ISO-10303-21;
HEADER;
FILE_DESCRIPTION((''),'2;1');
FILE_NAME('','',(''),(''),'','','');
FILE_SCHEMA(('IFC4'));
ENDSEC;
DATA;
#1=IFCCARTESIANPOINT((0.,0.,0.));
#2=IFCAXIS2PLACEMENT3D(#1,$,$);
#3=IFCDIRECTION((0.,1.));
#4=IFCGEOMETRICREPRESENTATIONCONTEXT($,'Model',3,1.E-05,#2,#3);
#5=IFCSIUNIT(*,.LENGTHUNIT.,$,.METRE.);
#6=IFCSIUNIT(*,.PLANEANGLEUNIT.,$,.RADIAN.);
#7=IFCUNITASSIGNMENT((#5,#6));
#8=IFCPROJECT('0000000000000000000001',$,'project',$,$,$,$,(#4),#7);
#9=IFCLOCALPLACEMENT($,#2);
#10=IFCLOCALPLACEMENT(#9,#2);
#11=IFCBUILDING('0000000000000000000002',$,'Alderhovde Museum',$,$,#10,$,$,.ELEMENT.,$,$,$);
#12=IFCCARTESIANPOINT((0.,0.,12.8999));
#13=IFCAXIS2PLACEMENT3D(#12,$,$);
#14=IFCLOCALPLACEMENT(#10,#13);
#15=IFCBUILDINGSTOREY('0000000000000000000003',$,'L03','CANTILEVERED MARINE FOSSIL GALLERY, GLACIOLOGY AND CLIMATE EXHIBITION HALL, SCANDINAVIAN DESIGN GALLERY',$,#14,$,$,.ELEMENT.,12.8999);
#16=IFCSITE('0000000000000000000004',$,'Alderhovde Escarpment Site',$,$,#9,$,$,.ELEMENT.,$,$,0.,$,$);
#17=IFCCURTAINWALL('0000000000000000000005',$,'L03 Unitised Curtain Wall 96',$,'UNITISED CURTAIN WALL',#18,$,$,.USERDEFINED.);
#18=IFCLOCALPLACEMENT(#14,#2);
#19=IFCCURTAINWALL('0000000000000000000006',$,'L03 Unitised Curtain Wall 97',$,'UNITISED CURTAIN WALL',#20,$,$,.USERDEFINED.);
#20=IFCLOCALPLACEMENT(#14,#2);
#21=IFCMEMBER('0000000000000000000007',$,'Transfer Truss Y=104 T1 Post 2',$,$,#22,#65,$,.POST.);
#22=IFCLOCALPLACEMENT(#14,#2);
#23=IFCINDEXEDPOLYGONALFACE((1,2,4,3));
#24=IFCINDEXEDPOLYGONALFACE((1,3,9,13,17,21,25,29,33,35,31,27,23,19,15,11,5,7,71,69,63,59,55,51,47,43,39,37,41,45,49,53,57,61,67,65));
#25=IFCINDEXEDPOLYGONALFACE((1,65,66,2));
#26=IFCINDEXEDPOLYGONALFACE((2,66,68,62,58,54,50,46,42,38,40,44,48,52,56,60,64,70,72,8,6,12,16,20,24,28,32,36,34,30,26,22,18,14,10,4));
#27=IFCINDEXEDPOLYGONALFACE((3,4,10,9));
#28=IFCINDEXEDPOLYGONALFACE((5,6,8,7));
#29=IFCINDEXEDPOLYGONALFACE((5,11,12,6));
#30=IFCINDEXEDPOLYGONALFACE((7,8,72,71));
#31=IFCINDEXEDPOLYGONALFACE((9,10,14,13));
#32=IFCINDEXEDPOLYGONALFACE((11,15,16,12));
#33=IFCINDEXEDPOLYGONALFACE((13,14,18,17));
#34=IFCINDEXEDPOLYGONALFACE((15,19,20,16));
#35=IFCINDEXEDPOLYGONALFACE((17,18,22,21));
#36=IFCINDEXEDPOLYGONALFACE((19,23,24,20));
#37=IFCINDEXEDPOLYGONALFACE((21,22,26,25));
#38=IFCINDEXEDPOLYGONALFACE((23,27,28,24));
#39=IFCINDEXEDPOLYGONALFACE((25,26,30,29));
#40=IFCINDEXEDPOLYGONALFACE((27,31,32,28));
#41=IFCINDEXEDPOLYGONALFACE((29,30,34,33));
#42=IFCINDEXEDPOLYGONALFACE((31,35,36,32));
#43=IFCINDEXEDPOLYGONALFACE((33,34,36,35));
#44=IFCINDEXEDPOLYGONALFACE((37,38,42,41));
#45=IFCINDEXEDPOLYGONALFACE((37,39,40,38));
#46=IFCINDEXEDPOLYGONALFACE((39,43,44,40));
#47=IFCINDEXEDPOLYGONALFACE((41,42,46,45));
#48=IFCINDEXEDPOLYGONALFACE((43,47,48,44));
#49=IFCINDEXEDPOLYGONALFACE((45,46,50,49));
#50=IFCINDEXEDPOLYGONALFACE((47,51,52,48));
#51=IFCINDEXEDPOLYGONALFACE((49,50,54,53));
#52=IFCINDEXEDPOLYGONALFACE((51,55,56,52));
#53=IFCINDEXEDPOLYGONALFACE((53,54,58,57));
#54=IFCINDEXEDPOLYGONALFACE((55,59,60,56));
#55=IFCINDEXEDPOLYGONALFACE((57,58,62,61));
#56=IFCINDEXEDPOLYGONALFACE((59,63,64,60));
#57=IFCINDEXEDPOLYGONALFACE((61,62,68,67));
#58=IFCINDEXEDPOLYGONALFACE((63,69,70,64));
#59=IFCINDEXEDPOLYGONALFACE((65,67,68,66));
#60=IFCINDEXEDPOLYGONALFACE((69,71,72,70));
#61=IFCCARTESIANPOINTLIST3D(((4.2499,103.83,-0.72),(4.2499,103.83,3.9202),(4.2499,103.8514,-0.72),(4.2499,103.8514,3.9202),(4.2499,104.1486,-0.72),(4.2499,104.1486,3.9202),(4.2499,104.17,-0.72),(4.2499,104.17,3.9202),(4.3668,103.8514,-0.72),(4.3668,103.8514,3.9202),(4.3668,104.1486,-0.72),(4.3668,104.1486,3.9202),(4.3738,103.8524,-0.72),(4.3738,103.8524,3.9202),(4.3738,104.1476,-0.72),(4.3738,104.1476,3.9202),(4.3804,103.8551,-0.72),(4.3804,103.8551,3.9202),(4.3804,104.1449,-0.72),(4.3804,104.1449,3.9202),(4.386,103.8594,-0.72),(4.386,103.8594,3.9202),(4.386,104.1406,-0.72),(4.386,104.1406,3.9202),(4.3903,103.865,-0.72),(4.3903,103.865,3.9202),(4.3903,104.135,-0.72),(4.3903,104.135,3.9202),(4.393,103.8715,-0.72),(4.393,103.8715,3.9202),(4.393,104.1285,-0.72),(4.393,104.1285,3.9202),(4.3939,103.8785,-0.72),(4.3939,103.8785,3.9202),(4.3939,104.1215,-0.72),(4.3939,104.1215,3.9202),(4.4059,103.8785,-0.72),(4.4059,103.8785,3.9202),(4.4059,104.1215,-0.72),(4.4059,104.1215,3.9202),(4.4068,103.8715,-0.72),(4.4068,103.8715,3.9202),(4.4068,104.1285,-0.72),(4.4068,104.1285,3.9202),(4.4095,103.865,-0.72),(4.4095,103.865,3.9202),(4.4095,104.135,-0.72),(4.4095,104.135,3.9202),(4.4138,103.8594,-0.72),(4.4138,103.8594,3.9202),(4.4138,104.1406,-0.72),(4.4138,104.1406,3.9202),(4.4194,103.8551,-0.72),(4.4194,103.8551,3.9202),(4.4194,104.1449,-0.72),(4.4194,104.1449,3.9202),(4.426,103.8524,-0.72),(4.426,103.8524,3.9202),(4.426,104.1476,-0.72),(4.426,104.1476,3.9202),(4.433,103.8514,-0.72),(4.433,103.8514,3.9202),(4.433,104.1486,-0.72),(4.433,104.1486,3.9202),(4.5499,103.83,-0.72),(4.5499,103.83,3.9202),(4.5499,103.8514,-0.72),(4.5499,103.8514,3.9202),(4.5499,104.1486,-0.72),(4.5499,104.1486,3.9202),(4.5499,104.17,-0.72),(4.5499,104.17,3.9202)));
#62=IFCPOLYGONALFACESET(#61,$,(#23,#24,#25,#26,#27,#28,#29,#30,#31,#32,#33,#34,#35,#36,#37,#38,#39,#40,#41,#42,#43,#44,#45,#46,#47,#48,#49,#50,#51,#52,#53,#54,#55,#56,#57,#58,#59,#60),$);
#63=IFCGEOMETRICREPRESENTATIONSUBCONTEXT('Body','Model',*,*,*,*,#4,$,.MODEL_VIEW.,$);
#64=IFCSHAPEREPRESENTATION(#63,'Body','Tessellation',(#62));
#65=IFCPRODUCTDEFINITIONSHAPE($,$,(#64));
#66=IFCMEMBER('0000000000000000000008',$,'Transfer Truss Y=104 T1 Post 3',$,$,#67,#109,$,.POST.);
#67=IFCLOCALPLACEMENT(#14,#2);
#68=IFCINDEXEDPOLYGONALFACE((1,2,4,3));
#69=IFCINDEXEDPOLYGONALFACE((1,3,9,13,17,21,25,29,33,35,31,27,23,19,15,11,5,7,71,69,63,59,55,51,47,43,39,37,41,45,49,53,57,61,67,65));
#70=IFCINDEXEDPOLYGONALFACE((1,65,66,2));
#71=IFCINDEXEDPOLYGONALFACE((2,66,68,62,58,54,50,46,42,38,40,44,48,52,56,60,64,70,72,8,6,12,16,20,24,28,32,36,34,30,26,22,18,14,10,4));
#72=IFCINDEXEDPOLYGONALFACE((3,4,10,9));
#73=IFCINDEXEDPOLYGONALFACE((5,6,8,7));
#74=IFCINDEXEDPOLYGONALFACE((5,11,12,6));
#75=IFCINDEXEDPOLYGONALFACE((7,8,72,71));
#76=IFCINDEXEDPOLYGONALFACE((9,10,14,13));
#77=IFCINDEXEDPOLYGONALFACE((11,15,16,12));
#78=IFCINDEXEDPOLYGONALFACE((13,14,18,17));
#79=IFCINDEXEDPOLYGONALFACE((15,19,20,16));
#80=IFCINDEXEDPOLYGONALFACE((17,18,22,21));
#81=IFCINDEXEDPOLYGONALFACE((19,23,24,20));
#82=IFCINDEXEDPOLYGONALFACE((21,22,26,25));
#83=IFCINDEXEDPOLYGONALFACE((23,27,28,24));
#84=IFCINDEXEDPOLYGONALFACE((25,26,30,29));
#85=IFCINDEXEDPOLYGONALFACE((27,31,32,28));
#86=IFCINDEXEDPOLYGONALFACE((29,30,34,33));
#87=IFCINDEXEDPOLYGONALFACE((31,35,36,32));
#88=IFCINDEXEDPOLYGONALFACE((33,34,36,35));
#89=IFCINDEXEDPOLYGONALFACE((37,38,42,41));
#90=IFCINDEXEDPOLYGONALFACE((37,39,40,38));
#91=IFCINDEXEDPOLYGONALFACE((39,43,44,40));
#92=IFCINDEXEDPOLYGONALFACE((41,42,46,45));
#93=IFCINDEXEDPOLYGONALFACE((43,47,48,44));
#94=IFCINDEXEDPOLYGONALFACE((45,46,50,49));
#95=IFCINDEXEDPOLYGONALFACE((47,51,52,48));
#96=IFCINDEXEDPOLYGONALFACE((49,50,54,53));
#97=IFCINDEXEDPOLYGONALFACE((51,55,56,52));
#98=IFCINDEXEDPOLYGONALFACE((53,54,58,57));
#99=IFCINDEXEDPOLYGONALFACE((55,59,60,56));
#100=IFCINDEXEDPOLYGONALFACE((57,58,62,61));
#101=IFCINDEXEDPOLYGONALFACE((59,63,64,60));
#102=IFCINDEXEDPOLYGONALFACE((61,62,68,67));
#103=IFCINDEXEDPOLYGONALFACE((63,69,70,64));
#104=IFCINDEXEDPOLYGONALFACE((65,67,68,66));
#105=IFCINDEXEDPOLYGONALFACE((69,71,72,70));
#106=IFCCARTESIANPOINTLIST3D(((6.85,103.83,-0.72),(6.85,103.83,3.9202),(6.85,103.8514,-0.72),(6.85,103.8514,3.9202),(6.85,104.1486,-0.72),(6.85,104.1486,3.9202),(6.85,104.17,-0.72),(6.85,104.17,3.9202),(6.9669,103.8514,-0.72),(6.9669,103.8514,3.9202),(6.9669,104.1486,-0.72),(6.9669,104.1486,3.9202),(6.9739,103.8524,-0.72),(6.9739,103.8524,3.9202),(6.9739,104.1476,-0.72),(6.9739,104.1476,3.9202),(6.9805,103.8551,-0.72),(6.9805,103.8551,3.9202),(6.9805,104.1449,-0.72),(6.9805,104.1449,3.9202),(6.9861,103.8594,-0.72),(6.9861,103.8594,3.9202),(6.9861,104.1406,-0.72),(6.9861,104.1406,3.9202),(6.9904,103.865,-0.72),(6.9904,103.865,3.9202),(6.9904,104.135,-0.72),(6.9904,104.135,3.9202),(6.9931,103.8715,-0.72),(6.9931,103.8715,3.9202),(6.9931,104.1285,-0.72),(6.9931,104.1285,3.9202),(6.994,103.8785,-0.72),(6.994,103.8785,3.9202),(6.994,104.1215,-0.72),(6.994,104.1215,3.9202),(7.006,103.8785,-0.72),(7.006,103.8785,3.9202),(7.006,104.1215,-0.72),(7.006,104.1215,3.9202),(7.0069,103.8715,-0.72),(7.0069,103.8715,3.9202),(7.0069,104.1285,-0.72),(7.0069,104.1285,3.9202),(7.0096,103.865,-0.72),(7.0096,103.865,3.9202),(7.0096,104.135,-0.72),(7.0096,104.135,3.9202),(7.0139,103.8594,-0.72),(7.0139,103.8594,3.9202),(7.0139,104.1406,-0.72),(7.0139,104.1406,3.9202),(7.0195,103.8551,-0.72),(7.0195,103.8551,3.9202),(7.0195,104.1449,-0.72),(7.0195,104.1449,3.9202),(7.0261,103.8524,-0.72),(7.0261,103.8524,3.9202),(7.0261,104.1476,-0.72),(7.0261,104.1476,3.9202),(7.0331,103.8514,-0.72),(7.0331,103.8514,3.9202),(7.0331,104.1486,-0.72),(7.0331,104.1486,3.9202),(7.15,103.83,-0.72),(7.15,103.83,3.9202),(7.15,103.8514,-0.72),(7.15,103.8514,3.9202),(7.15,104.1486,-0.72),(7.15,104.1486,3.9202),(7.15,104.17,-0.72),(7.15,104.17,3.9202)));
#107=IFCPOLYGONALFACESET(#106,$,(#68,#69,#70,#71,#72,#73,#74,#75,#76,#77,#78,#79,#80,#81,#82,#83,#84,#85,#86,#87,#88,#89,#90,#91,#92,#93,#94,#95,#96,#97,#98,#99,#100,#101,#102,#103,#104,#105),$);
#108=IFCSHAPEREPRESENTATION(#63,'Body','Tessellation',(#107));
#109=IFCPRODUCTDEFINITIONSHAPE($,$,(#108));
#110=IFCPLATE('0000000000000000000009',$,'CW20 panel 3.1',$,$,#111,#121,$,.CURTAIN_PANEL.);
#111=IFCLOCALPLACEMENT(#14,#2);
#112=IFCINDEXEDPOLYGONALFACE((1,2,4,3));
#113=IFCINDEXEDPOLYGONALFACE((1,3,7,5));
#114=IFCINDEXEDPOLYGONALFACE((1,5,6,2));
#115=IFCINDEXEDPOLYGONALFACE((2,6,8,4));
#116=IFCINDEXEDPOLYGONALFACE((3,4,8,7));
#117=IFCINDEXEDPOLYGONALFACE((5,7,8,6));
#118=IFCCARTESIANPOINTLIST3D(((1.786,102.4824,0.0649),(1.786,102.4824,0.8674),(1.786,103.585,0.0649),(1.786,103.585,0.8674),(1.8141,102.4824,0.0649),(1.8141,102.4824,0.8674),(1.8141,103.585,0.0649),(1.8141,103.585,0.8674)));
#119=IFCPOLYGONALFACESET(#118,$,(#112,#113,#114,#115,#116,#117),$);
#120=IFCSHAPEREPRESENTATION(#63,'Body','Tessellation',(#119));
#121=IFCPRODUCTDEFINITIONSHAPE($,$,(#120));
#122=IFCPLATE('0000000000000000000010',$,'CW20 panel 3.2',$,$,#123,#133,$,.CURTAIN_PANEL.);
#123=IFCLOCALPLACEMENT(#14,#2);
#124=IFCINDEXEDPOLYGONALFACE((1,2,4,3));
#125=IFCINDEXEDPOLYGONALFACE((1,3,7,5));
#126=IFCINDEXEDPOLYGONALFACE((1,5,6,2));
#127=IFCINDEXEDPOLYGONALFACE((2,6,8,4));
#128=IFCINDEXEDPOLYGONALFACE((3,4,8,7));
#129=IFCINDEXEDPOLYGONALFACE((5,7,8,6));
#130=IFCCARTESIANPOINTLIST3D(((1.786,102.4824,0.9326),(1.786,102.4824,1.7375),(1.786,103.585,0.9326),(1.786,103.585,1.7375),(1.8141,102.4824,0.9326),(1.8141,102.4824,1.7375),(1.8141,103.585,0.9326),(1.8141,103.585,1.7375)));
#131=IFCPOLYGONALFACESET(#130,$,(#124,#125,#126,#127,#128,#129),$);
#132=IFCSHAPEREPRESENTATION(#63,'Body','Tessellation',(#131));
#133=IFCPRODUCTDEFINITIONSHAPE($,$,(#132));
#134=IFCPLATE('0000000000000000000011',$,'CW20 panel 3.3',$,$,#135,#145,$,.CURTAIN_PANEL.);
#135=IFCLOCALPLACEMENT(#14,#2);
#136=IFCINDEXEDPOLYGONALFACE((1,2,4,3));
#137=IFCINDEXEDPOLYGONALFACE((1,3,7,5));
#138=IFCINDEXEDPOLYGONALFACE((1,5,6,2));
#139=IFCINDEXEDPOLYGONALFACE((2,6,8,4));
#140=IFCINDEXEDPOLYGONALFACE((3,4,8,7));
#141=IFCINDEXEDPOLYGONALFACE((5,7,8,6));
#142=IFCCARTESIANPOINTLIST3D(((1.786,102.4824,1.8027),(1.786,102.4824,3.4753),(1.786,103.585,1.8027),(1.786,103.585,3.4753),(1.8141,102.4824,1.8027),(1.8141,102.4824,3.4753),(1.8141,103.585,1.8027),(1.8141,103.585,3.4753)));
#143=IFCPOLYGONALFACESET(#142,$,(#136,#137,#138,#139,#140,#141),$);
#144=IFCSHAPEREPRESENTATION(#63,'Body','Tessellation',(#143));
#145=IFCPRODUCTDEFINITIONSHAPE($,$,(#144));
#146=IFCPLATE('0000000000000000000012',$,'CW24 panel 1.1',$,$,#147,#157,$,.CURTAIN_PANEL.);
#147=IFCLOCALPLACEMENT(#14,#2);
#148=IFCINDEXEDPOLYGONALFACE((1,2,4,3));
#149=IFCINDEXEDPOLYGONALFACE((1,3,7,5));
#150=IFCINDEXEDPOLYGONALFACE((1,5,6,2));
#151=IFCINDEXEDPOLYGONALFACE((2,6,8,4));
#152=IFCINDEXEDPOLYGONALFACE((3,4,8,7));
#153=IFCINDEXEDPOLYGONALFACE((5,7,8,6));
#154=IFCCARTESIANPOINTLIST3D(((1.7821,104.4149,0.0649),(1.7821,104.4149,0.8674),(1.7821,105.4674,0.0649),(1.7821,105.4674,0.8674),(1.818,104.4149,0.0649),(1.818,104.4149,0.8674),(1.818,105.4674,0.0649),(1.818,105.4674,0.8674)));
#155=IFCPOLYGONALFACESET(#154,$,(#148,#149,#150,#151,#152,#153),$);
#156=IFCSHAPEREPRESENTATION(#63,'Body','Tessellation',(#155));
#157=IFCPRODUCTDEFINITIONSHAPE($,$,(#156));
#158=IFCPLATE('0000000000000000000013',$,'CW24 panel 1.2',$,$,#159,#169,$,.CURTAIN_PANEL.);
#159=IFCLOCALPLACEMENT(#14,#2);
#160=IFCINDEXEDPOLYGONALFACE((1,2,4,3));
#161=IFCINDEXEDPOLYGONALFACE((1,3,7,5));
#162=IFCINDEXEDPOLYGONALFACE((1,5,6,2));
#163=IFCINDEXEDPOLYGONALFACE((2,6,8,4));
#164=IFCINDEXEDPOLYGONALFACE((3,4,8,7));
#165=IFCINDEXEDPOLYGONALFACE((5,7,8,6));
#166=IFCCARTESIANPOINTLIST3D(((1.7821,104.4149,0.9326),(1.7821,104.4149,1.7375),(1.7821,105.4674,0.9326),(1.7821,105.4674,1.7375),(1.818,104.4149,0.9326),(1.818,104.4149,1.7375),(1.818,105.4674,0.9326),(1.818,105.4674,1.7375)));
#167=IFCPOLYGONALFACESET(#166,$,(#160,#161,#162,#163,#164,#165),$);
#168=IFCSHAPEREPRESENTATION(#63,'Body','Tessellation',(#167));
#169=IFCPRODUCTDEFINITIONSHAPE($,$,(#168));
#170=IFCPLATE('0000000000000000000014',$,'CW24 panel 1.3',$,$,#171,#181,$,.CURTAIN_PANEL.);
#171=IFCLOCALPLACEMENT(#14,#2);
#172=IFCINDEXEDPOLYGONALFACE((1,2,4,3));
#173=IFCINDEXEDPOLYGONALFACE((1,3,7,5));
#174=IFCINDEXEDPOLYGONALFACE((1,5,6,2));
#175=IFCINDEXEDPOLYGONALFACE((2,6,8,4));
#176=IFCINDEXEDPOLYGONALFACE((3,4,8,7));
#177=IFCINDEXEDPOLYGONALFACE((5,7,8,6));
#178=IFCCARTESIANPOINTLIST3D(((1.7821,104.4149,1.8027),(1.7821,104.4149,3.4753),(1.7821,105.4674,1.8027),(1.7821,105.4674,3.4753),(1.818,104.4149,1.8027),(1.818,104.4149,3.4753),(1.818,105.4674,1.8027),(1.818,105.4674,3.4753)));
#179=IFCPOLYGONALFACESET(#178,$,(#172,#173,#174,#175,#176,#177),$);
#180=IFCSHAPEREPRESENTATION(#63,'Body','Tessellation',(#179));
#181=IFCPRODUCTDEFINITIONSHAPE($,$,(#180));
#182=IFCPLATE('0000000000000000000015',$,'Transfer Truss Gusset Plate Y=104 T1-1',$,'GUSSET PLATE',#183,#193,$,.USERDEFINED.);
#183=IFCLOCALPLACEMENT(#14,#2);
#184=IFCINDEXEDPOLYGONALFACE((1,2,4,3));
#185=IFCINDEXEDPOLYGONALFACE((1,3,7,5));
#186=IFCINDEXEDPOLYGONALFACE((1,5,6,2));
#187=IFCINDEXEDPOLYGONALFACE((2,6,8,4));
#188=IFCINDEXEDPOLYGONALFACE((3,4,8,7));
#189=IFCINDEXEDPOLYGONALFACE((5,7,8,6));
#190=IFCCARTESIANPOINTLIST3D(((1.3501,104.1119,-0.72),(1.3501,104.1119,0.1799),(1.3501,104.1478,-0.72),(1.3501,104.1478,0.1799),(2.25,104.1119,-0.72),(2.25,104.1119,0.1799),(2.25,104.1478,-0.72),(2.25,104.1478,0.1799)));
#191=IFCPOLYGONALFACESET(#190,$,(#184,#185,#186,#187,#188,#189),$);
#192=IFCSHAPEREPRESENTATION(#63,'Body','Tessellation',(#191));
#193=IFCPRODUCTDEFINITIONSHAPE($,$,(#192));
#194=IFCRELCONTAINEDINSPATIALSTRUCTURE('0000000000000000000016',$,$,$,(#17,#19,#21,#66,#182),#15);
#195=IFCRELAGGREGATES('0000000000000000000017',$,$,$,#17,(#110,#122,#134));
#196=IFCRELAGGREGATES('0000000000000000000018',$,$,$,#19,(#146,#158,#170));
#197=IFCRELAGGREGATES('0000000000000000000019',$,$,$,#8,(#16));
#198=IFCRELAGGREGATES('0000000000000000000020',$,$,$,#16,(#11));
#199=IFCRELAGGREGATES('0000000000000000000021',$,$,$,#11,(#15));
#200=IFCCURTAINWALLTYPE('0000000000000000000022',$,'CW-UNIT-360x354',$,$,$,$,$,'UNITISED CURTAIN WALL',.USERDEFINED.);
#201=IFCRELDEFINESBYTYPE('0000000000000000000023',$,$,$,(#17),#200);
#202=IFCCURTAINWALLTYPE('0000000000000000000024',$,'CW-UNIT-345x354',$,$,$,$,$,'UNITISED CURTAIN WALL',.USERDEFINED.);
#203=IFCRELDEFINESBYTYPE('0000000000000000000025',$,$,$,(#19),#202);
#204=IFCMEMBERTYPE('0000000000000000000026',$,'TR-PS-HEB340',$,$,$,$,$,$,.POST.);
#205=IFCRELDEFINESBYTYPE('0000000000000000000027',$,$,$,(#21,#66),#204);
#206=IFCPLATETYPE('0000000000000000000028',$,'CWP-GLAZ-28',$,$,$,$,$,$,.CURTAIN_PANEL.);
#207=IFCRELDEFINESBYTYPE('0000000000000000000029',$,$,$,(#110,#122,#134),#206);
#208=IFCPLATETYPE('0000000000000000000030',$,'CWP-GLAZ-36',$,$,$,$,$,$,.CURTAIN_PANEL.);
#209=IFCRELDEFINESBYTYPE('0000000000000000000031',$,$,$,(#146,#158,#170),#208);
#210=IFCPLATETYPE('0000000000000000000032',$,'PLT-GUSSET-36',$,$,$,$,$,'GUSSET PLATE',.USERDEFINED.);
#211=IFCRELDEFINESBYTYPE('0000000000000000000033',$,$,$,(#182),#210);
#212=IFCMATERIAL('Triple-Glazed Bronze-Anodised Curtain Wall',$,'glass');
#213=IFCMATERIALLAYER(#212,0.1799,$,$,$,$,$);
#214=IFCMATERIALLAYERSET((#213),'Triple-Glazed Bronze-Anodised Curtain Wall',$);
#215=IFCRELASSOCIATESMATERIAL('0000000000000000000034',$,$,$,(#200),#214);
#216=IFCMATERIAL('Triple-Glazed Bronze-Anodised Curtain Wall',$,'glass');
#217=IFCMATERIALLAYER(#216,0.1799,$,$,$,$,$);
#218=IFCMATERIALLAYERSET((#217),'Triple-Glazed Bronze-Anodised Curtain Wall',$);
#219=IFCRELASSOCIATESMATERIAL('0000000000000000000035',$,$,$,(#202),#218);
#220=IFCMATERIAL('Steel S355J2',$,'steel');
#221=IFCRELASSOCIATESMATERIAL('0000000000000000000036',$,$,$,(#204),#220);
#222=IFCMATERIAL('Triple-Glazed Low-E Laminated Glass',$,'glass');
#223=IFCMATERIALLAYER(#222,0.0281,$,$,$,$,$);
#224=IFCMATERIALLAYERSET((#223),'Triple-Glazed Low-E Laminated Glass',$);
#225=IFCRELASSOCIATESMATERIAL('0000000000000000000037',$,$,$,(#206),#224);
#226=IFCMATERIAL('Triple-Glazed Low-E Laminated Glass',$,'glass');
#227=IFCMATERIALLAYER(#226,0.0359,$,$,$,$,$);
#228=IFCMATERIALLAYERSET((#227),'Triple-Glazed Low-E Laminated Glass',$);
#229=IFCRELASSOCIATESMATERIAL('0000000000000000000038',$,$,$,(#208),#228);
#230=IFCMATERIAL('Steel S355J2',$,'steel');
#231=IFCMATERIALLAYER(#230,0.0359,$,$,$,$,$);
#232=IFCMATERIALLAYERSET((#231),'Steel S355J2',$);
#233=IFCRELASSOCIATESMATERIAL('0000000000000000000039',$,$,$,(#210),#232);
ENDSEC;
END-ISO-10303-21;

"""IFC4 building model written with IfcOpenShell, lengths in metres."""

from ifc_helpers import new_model, si_unit, direction, frame, origin, origin_2d, place, context, subcontext, project, spatial, rectangle, i_section, extrude, material, layer, layer_set, material_profile, profile_set, type_object, element, aggregate, save


model = new_model("IFC4")

# Units and contexts
model_context = context("Model", 3, precision=1e-05, world=origin(), true_north=direction((0.0, 1.0)))
body_context = subcontext(model_context, "Body", "Model", "MODEL_VIEW")
ifc_project = project(units=[si_unit("LENGTHUNIT", "METRE"), si_unit("PLANEANGLEUNIT", "RADIAN")], contexts=[model_context])

# Site, building, storey
site_placement = place(None, origin())
site = spatial("IfcSite", under=ifc_project, at=site_placement, Name="Alderhovde Escarpment Site", CompositionType="ELEMENT", RefElevation=0.0)
building_placement = place(site_placement, origin())
building = spatial("IfcBuilding", under=site, at=building_placement, Name="Alderhovde Museum", CompositionType="ELEMENT")
storey_placement = place(building_placement, frame((0.0, 0.0, 12.8999)))
storey = spatial("IfcBuildingStorey", under=building, at=storey_placement, Name="L03", Description="CANTILEVERED MARINE FOSSIL GALLERY, GLACIOLOGY AND CLIMATE EXHIBITION HALL, SCANDINAVIAN DESIGN GALLERY", CompositionType="ELEMENT", Elevation=12.8999)

# Curtain walls
ifc_material_1 = material(Name="Triple-Glazed Bronze-Anodised Curtain Wall", Category="glass")
ifc_layer_1 = layer(ifc_material_1, 0.1799)
ifc_layer_set_1 = layer_set([ifc_layer_1], Name="Triple-Glazed Bronze-Anodised Curtain Wall")
curtain_wall_type_1 = type_object("IfcCurtainWallType", Name="CW-UNIT-360x354", ElementType="UNITISED CURTAIN WALL", PredefinedType="USERDEFINED", material=ifc_layer_set_1)
curtain_wall_1_placement = place(storey_placement, origin())
curtain_wall_1 = element("IfcCurtainWall", 1, at=curtain_wall_1_placement, inside=storey, type_object=curtain_wall_type_1, Name="L03 Unitised Curtain Wall 96", ObjectType="UNITISED CURTAIN WALL", PredefinedType="USERDEFINED")
ifc_material_2 = material(Name="Triple-Glazed Bronze-Anodised Curtain Wall", Category="glass")
ifc_layer_2 = layer(ifc_material_2, 0.1799)
ifc_layer_set_2 = layer_set([ifc_layer_2], Name="Triple-Glazed Bronze-Anodised Curtain Wall")
curtain_wall_type_2 = type_object("IfcCurtainWallType", Name="CW-UNIT-345x354", ElementType="UNITISED CURTAIN WALL", PredefinedType="USERDEFINED", material=ifc_layer_set_2)
curtain_wall_2_placement = place(storey_placement, origin())
curtain_wall_2 = element("IfcCurtainWall", 2, at=curtain_wall_2_placement, inside=storey, type_object=curtain_wall_type_2, Name="L03 Unitised Curtain Wall 97", ObjectType="UNITISED CURTAIN WALL", PredefinedType="USERDEFINED")

# Members
ifc_material_3 = material(Name="Steel S355J2", Category="steel")
ifc_material_profile_1 = material_profile(ifc_material_3, i_section(OverallWidth=0.3, OverallDepth=0.3401, WebThickness=0.012, FlangeThickness=0.0215, FilletRadius=0.0271, at=origin_2d()), Name="HEB 340")
ifc_profile_set_1 = profile_set([ifc_material_profile_1], Name="Steel S355J2")
member_type_1 = type_object("IfcMemberType", Name="TR-PS-HEB340", PredefinedType="POST", material=ifc_profile_set_1)
for number, where, z_axis, x_axis, name in (
    (3, (4.3999, 104.0, -0.72), (0.0, 0.0, 1.0), (1.0, 0.0, 0.0), "Transfer Truss Y=104 T1 Post 2"),
    (4, (7.0, 104.0, -0.72), (0.0, 0.0, 1.0), (1.0, 0.0, 0.0), "Transfer Truss Y=104 T1 Post 3"),
):
    element("IfcMember", number, at=place(storey_placement, frame(where, z_axis=z_axis, x_axis=x_axis)), inside=storey, type_object=member_type_1, Name=name, PredefinedType="POST", context=body_context, shape_type="SweptSolid", body=[
        extrude(i_section(OverallWidth=0.3, OverallDepth=0.3401, WebThickness=0.012, FlangeThickness=0.0215, FilletRadius=0.0271, at=origin_2d()), origin(), (0.0, 0.0, 1.0), 4.6401),
    ])

# Plates
ifc_material_4 = material(Name="Triple-Glazed Low-E Laminated Glass", Category="glass")
ifc_layer_3 = layer(ifc_material_4, 0.0281)
ifc_layer_set_3 = layer_set([ifc_layer_3], Name="Triple-Glazed Low-E Laminated Glass")
plate_type_1 = type_object("IfcPlateType", Name="CWP-GLAZ-28", PredefinedType="CURTAIN_PANEL", material=ifc_layer_set_3)
plate_1_placement = place(storey_placement, frame((1.8, 103.0337, 0.0649), z_axis=(0.0, 0.0, 1.0), x_axis=(0.0, 1.0, 0.0)))
plate_1 = element("IfcPlate", 5, at=plate_1_placement, type_object=plate_type_1, Name="CW20 panel 3.1", PredefinedType="CURTAIN_PANEL", context=body_context, shape_type="SweptSolid", body=[
    extrude(rectangle(XDim=1.1025, YDim=0.0281, at=origin_2d()), origin(), (0.0, 0.0, 1.0), 0.8025),
])
plate_2_placement = place(storey_placement, frame((1.8, 103.0337, 0.9326), z_axis=(0.0, 0.0, 1.0), x_axis=(0.0, 1.0, 0.0)))
plate_2 = element("IfcPlate", 6, at=plate_2_placement, type_object=plate_type_1, Name="CW20 panel 3.2", PredefinedType="CURTAIN_PANEL", context=body_context, shape_type="SweptSolid", body=[
    extrude(rectangle(XDim=1.1025, YDim=0.0281, at=origin_2d()), origin(), (0.0, 0.0, 1.0), 0.8049),
])
plate_3_placement = place(storey_placement, frame((1.8, 103.0337, 1.8027), z_axis=(0.0, 0.0, 1.0), x_axis=(0.0, 1.0, 0.0)))
plate_3 = element("IfcPlate", 7, at=plate_3_placement, type_object=plate_type_1, Name="CW20 panel 3.3", PredefinedType="CURTAIN_PANEL", context=body_context, shape_type="SweptSolid", body=[
    extrude(rectangle(XDim=1.1025, YDim=0.0281, at=origin_2d()), origin(), (0.0, 0.0, 1.0), 1.6726),
])
aggregate(curtain_wall_1, [plate_1, plate_2, plate_3])
ifc_material_5 = material(Name="Triple-Glazed Low-E Laminated Glass", Category="glass")
ifc_layer_4 = layer(ifc_material_5, 0.0359)
ifc_layer_set_4 = layer_set([ifc_layer_4], Name="Triple-Glazed Low-E Laminated Glass")
plate_type_2 = type_object("IfcPlateType", Name="CWP-GLAZ-36", PredefinedType="CURTAIN_PANEL", material=ifc_layer_set_4)
plate_4_placement = place(storey_placement, frame((1.8, 104.9412, 0.0649), z_axis=(0.0, 0.0, 1.0), x_axis=(0.0, 1.0, 0.0)))
plate_4 = element("IfcPlate", 8, at=plate_4_placement, type_object=plate_type_2, Name="CW24 panel 1.1", PredefinedType="CURTAIN_PANEL", context=body_context, shape_type="SweptSolid", body=[
    extrude(rectangle(XDim=1.0525, YDim=0.0359, at=origin_2d()), origin(), (0.0, 0.0, 1.0), 0.8025),
])
plate_5_placement = place(storey_placement, frame((1.8, 104.9412, 0.9326), z_axis=(0.0, 0.0, 1.0), x_axis=(0.0, 1.0, 0.0)))
plate_5 = element("IfcPlate", 9, at=plate_5_placement, type_object=plate_type_2, Name="CW24 panel 1.2", PredefinedType="CURTAIN_PANEL", context=body_context, shape_type="SweptSolid", body=[
    extrude(rectangle(XDim=1.0525, YDim=0.0359, at=origin_2d()), origin(), (0.0, 0.0, 1.0), 0.8049),
])
plate_6_placement = place(storey_placement, frame((1.8, 104.9412, 1.8027), z_axis=(0.0, 0.0, 1.0), x_axis=(0.0, 1.0, 0.0)))
plate_6 = element("IfcPlate", 10, at=plate_6_placement, type_object=plate_type_2, Name="CW24 panel 1.3", PredefinedType="CURTAIN_PANEL", context=body_context, shape_type="SweptSolid", body=[
    extrude(rectangle(XDim=1.0525, YDim=0.0359, at=origin_2d()), origin(), (0.0, 0.0, 1.0), 1.6726),
])
aggregate(curtain_wall_2, [plate_4, plate_5, plate_6])

# Plate
ifc_material_6 = material(Name="Steel S355J2", Category="steel")
ifc_layer_5 = layer(ifc_material_6, 0.0359)
ifc_layer_set_5 = layer_set([ifc_layer_5], Name="Steel S355J2")
plate_type_3 = type_object("IfcPlateType", Name="PLT-GUSSET-36", ElementType="GUSSET PLATE", PredefinedType="USERDEFINED", material=ifc_layer_set_5)
for number, where, z_axis, x_axis, name in (
    (11, (1.8, 104.1299, -0.72), (0.0, 0.0, 1.0), (1.0, 0.0, 0.0), "Transfer Truss Gusset Plate Y=104 T1-1"),
):
    element("IfcPlate", number, at=place(storey_placement, frame(where, z_axis=z_axis, x_axis=x_axis)), inside=storey, type_object=plate_type_3, Name=name, ObjectType="GUSSET PLATE", PredefinedType="USERDEFINED", context=body_context, shape_type="SweptSolid", body=[
        extrude(rectangle(XDim=0.8999, YDim=0.0359, at=origin_2d()), origin(), (0.0, 0.0, 1.0), 0.8999),
    ])

save(model, "model.ifc")
